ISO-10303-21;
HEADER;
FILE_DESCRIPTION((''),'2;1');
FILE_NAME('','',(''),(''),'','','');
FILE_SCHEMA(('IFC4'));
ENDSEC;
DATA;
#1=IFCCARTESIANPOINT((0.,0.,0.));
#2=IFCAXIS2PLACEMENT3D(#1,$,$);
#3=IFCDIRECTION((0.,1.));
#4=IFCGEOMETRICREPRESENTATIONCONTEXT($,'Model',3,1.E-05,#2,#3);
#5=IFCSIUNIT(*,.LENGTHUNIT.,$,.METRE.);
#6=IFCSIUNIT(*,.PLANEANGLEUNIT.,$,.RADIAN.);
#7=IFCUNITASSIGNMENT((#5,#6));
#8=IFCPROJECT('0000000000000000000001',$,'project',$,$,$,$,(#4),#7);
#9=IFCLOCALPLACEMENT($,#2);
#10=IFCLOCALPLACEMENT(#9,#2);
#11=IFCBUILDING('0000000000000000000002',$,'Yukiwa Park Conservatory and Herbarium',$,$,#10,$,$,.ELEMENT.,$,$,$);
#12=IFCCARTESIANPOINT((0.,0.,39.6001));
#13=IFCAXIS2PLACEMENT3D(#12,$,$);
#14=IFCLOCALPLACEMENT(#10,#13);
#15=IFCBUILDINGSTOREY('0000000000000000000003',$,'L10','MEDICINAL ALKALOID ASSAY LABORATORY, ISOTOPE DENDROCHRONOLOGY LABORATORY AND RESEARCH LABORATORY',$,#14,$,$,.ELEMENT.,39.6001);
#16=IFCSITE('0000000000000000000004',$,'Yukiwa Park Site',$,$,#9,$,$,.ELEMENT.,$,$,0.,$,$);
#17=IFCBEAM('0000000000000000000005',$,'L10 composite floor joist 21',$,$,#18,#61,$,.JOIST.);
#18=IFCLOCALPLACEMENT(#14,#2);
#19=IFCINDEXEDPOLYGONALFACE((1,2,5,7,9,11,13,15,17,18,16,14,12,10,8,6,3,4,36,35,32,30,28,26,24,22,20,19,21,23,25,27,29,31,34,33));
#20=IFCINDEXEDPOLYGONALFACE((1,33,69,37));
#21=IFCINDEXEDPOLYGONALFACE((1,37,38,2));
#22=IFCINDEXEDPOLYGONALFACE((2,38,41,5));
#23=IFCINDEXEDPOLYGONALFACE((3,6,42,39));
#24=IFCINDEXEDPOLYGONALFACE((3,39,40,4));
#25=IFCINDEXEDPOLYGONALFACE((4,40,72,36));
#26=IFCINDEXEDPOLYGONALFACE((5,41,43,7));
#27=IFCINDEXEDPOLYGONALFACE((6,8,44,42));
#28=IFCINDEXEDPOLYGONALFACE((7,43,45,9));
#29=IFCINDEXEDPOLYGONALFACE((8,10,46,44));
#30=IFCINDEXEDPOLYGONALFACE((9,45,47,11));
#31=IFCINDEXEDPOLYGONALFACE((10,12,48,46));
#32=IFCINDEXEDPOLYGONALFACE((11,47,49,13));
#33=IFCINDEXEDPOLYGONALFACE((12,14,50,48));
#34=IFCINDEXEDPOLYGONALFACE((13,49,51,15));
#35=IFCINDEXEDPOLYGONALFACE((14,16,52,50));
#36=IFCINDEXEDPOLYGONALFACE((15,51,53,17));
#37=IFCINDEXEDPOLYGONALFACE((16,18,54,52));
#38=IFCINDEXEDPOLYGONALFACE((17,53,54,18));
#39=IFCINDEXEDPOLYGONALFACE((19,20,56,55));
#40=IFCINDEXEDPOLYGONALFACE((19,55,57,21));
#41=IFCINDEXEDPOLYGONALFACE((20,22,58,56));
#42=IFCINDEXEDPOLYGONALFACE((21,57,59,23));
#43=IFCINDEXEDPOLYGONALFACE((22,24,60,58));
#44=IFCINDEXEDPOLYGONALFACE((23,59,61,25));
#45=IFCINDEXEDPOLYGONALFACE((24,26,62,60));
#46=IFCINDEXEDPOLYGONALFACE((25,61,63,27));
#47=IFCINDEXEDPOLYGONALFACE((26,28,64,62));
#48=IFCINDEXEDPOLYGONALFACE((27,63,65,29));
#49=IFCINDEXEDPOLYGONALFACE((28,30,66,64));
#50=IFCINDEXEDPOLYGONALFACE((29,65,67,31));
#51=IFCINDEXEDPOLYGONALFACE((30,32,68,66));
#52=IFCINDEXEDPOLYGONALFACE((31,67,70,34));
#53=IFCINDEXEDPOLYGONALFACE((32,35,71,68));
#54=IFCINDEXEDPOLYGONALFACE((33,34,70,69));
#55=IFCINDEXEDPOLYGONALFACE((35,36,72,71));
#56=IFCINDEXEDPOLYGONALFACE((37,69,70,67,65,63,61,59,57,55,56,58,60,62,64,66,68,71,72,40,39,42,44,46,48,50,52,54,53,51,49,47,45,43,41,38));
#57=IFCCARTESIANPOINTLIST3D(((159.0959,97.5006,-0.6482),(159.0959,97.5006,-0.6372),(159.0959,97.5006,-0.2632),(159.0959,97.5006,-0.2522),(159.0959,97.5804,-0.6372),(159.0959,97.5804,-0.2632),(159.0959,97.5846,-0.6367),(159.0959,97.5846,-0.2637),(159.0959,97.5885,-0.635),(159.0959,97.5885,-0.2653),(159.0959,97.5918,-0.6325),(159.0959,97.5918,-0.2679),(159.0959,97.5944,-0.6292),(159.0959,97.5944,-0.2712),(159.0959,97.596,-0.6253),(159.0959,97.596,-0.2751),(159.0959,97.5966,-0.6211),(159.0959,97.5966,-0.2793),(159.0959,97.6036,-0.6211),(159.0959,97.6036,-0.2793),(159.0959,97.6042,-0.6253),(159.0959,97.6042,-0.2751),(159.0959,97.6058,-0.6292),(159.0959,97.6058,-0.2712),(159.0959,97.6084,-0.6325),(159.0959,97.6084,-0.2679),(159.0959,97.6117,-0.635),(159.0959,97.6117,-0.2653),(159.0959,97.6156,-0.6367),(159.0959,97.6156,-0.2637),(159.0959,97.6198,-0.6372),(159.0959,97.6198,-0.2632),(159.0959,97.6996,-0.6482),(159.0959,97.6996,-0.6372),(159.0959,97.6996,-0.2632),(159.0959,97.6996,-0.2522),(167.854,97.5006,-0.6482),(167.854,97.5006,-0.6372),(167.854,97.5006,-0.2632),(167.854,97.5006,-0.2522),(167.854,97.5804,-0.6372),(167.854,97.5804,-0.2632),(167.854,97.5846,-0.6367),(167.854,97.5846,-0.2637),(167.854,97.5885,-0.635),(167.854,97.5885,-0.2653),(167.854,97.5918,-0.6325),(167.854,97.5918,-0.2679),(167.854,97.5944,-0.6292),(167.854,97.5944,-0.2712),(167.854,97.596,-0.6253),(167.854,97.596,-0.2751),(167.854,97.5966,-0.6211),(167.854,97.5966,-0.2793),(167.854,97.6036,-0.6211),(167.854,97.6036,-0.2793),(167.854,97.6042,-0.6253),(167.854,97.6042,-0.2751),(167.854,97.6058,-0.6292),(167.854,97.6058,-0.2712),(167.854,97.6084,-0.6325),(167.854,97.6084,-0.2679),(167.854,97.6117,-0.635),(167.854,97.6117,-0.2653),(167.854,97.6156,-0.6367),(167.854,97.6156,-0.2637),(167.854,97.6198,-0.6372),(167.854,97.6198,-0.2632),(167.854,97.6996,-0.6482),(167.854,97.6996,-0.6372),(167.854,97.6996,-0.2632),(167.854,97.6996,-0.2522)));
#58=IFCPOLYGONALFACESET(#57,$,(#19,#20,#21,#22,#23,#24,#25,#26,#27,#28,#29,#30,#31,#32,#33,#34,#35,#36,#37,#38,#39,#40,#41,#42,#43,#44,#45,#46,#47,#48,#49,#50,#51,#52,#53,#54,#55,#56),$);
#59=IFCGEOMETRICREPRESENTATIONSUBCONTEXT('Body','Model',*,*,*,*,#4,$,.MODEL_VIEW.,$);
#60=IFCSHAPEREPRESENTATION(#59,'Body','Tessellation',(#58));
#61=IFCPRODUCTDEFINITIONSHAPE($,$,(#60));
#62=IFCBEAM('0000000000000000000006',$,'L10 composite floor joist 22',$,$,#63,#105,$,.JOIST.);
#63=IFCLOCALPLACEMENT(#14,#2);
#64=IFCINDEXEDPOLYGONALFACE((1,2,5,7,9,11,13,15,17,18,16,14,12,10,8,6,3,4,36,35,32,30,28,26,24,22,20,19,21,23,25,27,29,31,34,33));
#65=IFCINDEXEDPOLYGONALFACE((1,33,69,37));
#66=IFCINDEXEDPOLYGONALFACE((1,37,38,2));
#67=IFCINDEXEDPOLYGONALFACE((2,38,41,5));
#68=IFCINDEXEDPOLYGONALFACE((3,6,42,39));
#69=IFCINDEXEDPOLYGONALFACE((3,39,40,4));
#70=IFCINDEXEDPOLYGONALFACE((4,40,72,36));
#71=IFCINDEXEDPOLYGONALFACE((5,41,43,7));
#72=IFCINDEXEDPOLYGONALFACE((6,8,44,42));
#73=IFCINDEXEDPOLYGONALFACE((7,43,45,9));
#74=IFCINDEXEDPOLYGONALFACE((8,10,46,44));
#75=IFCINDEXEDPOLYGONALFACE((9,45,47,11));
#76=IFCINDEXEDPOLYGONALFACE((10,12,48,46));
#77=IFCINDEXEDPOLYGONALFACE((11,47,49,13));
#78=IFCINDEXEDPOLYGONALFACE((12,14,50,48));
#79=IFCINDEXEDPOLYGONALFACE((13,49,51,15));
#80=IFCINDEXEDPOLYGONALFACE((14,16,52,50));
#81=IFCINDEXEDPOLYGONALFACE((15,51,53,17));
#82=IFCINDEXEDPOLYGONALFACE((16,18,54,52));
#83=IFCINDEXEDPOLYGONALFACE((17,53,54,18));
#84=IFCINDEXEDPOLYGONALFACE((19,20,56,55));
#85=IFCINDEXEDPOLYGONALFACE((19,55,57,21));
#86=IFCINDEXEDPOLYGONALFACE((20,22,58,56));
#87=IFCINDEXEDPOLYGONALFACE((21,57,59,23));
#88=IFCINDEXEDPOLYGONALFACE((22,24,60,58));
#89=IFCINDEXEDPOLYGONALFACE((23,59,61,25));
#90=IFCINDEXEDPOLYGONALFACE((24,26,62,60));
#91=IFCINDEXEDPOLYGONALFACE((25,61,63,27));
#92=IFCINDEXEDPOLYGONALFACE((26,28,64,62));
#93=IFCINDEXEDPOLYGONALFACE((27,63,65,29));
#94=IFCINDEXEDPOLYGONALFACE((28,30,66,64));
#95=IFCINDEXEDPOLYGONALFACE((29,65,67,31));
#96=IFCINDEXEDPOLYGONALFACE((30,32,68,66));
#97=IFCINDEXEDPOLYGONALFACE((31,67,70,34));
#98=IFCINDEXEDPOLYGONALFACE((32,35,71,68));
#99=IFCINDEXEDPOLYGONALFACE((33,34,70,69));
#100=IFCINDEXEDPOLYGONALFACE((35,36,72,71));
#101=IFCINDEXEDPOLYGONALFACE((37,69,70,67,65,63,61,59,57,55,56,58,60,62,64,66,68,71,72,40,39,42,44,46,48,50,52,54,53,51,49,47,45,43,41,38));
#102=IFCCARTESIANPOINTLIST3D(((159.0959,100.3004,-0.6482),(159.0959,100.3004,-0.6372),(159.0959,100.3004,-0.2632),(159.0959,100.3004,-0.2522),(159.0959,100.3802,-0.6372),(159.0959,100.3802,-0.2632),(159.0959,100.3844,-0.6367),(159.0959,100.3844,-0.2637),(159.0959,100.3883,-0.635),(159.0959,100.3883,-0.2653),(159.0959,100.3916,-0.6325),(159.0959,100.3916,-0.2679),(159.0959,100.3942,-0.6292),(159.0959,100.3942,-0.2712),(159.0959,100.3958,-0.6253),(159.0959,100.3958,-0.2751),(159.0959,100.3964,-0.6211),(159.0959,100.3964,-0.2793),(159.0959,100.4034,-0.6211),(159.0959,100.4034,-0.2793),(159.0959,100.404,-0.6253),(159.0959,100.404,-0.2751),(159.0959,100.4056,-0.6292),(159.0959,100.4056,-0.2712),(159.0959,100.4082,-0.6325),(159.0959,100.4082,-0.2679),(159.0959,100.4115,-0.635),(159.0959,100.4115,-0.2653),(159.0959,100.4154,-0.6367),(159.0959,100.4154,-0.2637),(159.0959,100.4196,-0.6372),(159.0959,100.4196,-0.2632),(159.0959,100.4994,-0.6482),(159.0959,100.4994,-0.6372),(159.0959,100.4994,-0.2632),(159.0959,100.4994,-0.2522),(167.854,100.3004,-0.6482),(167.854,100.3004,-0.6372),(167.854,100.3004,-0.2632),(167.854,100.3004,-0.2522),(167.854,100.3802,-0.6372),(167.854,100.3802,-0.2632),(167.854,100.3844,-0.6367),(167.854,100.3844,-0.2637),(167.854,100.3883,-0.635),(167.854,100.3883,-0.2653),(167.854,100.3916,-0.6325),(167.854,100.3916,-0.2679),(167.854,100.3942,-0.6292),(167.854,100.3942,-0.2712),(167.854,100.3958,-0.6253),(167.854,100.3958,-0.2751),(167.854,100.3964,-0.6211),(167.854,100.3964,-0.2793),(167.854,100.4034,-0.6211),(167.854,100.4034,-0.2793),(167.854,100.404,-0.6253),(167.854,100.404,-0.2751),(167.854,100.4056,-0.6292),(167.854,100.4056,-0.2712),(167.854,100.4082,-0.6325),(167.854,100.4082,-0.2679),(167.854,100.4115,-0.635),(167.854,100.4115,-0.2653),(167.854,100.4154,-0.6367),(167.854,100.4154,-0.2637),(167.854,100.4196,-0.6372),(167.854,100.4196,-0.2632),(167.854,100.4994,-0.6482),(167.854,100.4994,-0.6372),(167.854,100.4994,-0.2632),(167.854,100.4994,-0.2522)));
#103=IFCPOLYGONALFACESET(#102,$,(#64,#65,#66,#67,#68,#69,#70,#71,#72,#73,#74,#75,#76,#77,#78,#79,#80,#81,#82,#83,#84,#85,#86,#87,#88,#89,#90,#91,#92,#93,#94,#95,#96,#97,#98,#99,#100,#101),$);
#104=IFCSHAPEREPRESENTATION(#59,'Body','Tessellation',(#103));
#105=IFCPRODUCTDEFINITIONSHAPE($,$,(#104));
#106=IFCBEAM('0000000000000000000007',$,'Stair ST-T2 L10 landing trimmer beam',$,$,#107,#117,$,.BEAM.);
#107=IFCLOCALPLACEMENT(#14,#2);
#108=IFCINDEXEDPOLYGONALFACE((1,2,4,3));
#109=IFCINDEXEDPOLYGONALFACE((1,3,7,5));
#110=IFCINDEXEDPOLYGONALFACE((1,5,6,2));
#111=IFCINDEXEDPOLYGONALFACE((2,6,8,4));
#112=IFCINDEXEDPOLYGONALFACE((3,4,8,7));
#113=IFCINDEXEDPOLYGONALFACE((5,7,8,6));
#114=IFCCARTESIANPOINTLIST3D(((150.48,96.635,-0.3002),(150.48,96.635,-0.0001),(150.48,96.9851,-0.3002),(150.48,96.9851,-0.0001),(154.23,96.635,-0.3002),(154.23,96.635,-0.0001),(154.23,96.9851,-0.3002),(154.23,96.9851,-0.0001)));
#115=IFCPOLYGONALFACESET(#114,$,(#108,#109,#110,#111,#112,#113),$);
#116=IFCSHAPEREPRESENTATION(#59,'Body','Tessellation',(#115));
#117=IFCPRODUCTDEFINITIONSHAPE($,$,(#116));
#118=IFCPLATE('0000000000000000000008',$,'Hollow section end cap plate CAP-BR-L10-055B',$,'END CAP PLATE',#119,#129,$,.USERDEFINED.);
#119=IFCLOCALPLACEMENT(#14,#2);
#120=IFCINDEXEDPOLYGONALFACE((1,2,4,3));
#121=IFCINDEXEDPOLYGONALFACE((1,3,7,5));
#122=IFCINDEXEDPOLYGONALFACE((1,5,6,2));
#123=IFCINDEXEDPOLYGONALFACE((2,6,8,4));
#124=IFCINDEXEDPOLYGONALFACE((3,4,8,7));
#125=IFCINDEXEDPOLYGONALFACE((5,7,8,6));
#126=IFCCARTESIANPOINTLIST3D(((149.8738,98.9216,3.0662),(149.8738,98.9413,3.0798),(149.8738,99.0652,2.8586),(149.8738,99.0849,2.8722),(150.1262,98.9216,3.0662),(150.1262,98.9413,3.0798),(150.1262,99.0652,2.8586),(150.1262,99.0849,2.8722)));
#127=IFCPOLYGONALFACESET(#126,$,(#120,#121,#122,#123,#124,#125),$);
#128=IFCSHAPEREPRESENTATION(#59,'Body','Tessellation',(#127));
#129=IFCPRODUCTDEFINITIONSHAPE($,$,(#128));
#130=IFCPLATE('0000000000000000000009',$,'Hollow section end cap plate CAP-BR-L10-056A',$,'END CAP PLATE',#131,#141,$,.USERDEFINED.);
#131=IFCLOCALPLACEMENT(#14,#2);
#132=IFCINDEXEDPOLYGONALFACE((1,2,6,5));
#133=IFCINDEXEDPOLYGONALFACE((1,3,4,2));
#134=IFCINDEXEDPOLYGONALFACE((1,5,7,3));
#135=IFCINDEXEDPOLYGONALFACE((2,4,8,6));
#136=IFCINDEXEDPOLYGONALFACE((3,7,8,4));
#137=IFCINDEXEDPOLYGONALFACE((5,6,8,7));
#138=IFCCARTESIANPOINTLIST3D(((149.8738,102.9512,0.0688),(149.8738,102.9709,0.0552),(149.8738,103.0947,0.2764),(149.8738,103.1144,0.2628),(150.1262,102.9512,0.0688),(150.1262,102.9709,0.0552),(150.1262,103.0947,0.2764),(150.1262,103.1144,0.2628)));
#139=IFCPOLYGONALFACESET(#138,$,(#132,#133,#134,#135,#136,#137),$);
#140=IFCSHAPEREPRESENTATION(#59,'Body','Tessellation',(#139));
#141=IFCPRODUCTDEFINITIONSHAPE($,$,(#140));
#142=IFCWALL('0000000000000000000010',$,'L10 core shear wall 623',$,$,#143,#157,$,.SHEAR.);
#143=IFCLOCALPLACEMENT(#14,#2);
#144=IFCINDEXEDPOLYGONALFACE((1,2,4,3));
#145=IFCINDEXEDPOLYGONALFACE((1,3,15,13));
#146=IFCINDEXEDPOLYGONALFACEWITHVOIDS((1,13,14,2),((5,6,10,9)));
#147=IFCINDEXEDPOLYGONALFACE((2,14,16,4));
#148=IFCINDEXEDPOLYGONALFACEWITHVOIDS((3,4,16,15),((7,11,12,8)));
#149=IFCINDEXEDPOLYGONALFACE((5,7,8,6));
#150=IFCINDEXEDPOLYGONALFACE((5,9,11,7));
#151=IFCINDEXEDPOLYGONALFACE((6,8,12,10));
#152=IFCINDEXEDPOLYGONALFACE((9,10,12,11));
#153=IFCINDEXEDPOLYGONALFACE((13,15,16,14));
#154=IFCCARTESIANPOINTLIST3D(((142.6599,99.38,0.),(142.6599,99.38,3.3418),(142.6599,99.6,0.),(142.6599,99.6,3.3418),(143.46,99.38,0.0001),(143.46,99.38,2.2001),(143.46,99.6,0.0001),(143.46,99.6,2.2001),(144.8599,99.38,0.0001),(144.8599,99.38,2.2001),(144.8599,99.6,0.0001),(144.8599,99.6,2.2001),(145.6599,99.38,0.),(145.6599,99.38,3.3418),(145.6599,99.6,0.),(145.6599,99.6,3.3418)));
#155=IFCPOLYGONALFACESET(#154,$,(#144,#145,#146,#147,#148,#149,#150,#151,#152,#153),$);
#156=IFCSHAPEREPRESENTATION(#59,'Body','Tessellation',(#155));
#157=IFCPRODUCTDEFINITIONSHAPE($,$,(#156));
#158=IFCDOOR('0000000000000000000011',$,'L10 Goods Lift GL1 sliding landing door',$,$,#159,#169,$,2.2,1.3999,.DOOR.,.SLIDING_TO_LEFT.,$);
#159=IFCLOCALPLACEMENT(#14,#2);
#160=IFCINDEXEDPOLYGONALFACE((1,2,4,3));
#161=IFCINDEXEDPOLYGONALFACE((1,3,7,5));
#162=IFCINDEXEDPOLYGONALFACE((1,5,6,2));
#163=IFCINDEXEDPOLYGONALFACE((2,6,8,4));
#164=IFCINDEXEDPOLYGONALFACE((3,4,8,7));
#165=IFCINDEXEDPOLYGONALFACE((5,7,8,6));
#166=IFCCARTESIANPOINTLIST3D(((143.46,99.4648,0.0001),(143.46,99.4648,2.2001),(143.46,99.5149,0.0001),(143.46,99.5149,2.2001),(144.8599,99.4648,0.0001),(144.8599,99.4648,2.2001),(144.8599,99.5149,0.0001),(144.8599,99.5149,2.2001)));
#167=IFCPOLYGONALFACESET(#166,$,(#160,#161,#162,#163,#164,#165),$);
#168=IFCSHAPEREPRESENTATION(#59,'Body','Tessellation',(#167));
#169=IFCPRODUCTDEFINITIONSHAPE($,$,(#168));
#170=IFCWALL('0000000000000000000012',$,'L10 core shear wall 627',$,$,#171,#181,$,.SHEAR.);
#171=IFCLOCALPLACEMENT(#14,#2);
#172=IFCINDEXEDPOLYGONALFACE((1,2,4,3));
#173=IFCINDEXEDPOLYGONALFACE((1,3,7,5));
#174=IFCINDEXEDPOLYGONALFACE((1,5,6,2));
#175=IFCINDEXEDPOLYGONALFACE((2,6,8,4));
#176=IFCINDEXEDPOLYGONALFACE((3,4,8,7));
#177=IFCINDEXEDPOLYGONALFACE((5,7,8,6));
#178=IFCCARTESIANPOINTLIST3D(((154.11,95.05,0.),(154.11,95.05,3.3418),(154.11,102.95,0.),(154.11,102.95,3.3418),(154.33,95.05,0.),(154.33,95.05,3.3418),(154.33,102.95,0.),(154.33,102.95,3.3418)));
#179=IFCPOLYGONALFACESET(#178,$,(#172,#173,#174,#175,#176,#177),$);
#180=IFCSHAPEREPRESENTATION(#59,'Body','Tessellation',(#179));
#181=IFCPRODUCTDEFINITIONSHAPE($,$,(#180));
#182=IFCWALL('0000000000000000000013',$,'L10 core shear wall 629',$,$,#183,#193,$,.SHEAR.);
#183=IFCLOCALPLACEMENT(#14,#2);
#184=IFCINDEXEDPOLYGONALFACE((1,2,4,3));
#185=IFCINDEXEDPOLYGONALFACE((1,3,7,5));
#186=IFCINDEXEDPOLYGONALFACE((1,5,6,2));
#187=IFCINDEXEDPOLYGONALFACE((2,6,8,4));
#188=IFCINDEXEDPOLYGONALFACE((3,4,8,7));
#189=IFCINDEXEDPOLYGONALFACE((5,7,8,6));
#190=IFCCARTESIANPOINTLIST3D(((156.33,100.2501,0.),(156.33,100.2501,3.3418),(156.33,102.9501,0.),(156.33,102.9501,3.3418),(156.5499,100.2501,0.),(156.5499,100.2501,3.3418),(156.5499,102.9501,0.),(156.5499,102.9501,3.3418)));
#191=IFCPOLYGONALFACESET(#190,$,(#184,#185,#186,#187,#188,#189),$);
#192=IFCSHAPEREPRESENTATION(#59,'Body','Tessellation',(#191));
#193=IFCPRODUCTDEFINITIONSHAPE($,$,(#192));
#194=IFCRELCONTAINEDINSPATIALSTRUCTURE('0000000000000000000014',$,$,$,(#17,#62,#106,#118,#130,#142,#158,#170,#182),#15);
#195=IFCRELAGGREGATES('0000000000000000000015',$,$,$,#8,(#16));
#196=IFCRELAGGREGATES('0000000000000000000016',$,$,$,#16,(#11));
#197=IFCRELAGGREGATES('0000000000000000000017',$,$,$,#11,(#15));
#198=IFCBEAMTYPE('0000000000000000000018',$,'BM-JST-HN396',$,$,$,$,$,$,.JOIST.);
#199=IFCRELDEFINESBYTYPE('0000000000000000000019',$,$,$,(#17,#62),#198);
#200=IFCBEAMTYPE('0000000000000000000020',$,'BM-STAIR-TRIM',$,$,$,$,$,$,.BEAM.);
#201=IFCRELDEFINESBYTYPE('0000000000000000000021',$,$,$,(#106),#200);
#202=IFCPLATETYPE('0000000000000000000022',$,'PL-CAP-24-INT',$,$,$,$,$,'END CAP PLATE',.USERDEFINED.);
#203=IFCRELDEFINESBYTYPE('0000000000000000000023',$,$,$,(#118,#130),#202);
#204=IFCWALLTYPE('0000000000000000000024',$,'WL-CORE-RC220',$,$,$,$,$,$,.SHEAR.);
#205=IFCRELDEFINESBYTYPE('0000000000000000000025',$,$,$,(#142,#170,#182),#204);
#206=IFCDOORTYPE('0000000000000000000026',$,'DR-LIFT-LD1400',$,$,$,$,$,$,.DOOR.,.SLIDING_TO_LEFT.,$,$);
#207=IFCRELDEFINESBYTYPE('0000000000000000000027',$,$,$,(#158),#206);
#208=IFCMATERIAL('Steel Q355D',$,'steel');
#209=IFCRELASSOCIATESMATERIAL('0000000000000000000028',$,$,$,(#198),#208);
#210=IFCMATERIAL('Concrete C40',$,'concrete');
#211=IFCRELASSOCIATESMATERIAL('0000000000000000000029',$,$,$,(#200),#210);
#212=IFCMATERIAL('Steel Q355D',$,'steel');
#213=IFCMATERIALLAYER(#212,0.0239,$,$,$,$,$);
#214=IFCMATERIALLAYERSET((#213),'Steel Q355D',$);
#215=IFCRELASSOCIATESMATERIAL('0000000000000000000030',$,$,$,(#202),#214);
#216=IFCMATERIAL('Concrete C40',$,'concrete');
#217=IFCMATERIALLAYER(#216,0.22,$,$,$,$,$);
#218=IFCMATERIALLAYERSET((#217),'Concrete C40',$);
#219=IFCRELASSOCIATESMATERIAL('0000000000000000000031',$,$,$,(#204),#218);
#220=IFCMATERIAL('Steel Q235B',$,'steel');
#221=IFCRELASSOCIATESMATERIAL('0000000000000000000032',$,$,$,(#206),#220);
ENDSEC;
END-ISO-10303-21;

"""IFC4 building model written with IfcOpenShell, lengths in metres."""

from ifc_helpers import new_model, si_unit, direction, frame, frame_2d, origin, origin_2d, place, context, subcontext, project, spatial, rectangle, i_section, extrude, material, layer, layer_set, material_profile, profile_set, type_object, element, fill, save


model = new_model("IFC4")

# Units and contexts
model_context = context("Model", 3, precision=1e-05, world=origin(), true_north=direction((0.0, 1.0)))
body_context = subcontext(model_context, "Body", "Model", "MODEL_VIEW")
ifc_project = project(units=[si_unit("LENGTHUNIT", "METRE"), si_unit("PLANEANGLEUNIT", "RADIAN")], contexts=[model_context])

# Site, building, storey
site_placement = place(None, origin())
site = spatial("IfcSite", under=ifc_project, at=site_placement, Name="Yukiwa Park Site", CompositionType="ELEMENT", RefElevation=0.0)
building_placement = place(site_placement, origin())
building = spatial("IfcBuilding", under=site, at=building_placement, Name="Yukiwa Park Conservatory and Herbarium", CompositionType="ELEMENT")
storey_placement = place(building_placement, frame((0.0, 0.0, 39.6001)))
storey = spatial("IfcBuildingStorey", under=building, at=storey_placement, Name="L10", Description="MEDICINAL ALKALOID ASSAY LABORATORY, ISOTOPE DENDROCHRONOLOGY LABORATORY AND RESEARCH LABORATORY", CompositionType="ELEMENT", Elevation=39.6001)

# Beams
ifc_material_1 = material(Name="Steel Q355D", Category="steel")
ifc_material_profile_1 = material_profile(ifc_material_1, i_section(OverallWidth=0.199, OverallDepth=0.396, WebThickness=0.0071, FlangeThickness=0.011, FilletRadius=0.0161, at=origin_2d()), Name="HN 396x199x7x11")
ifc_profile_set_1 = profile_set([ifc_material_profile_1], Name="Steel Q355D")
beam_type_1 = type_object("IfcBeamType", Name="BM-JST-HN396", PredefinedType="JOIST", material=ifc_profile_set_1)
for number, where, z_axis, x_axis, name in (
    (1, (159.0959, 97.6001, -0.4502), (1.0, 0.0, 0.0), (0.0, 1.0, 0.0), "L10 composite floor joist 21"),
    (2, (159.0959, 100.3999, -0.4502), (1.0, 0.0, 0.0), (0.0, 1.0, 0.0), "L10 composite floor joist 22"),
):
    element("IfcBeam", number, at=place(storey_placement, frame(where, z_axis=z_axis, x_axis=x_axis)), inside=storey, type_object=beam_type_1, Name=name, PredefinedType="JOIST", context=body_context, shape_type="SweptSolid", body=[
        extrude(i_section(OverallWidth=0.199, OverallDepth=0.396, WebThickness=0.0071, FlangeThickness=0.011, FilletRadius=0.0161, at=origin_2d()), origin(), (0.0, 0.0, 1.0), 8.7581),
    ])
ifc_material_2 = material(Name="Concrete C40", Category="concrete")
ifc_material_profile_2 = material_profile(ifc_material_2, rectangle(XDim=0.3501, YDim=0.3, at=origin_2d()), Name="RC 350x300")
ifc_profile_set_2 = profile_set([ifc_material_profile_2], Name="Concrete C40")
beam_type_2 = type_object("IfcBeamType", Name="BM-STAIR-TRIM", PredefinedType="BEAM", material=ifc_profile_set_2)
beam_placement = place(storey_placement, frame((150.48, 96.8101, -0.1501), z_axis=(1.0, 0.0, 0.0), x_axis=(0.0, 1.0, 0.0)))
element("IfcBeam", 3, at=beam_placement, inside=storey, type_object=beam_type_2, Name="Stair ST-T2 L10 landing trimmer beam", PredefinedType="BEAM", context=body_context, shape_type="SweptSolid", body=[
    extrude(rectangle(XDim=0.3501, YDim=0.3, at=origin_2d()), origin(), (0.0, 0.0, 1.0), 3.75),
])

# Plates
ifc_material_3 = material(Name="Steel Q355D", Category="steel")
ifc_layer_1 = layer(ifc_material_3, 0.0239)
ifc_layer_set_1 = layer_set([ifc_layer_1], Name="Steel Q355D")
plate_type = type_object("IfcPlateType", Name="PL-CAP-24-INT", ElementType="END CAP PLATE", PredefinedType="USERDEFINED", material=ifc_layer_set_1)
for number, where, z_axis, x_axis, name in (
    (4, (150.0, 98.9934, 2.9624), (0.0, 0.822558, 0.568682), (-1.0, 0.0, 0.0), "Hollow section end cap plate CAP-BR-L10-055B"),
    (5, (150.0, 103.0229, 0.1726), (0.0, 0.822558, -0.568682), (-1.0, 0.0, 0.0), "Hollow section end cap plate CAP-BR-L10-056A"),
):
    element("IfcPlate", number, at=place(storey_placement, frame(where, z_axis=z_axis, x_axis=x_axis)), inside=storey, type_object=plate_type, Name=name, ObjectType="END CAP PLATE", PredefinedType="USERDEFINED", context=body_context, shape_type="SweptSolid", body=[
        extrude(rectangle(XDim=0.2524, YDim=0.2524, at=origin_2d()), origin(), (0.0, 0.0, 1.0), 0.0239),
    ])

# Wall, opening, door
ifc_material_4 = material(Name="Concrete C40", Category="concrete")
ifc_layer_2 = layer(ifc_material_4, 0.22)
ifc_layer_set_2 = layer_set([ifc_layer_2], Name="Concrete C40")
wall_type_1 = type_object("IfcWallType", Name="WL-CORE-RC220", PredefinedType="SHEAR", material=ifc_layer_set_2)
wall_1_placement = place(storey_placement, frame((142.6599, 99.49, 0.0), z_axis=(0.0, 0.0, 1.0), x_axis=(1.0, 0.0, 0.0)))
wall_1 = element("IfcWall", 6, at=wall_1_placement, inside=storey, type_object=wall_type_1, Name="L10 core shear wall 623", PredefinedType="SHEAR", context=body_context, shape_type="SweptSolid", body=[
    extrude(rectangle(XDim=3.0, YDim=0.22, at=frame_2d((1.5, 0.0))), origin(), (0.0, 0.0, 1.0), 3.3418),
])
opening_1_placement = place(wall_1_placement, frame((0.8, 0.0, 0.0)))
opening_1 = element("IfcOpeningElement", 7, at=opening_1_placement, cuts=wall_1, PredefinedType="OPENING", context=body_context, shape_type="SweptSolid", body=[
    extrude(rectangle(XDim=1.3999, YDim=2.2, at=frame_2d((0.7, 1.1001))), frame((0.0, 0.1201, 0.0), z_axis=(0.0, -1.0, 0.0), x_axis=(1.0, 0.0, 0.0)), (0.0, 0.0, 1.0), 0.24),
])
ifc_material_5 = material(Name="Steel Q235B", Category="steel")
door_type_1 = type_object("IfcDoorType", Name="DR-LIFT-LD1400", OperationType="SLIDING_TO_LEFT", PredefinedType="DOOR", material=ifc_material_5)
door_1_placement = place(opening_1_placement, origin())
door_1 = element("IfcDoor", 8, at=door_1_placement, inside=storey, type_object=door_type_1, Name="L10 Goods Lift GL1 sliding landing door", OperationType="SLIDING_TO_LEFT", OverallHeight=2.2, OverallWidth=1.3999, PredefinedType="DOOR", context=body_context, shape_type="SweptSolid", body=[
    extrude(rectangle(XDim=1.3999, YDim=2.2, at=frame_2d((0.7, 1.1001))), frame((0.0, 0.0249, 0.0), z_axis=(0.0, -1.0, 0.0), x_axis=(1.0, 0.0, 0.0)), (0.0, 0.0, 1.0), 0.05),
])
fill(opening_1, door_1)

# Walls
wall_2_placement = place(storey_placement, frame((154.22, 95.05, 0.0), z_axis=(0.0, 0.0, 1.0), x_axis=(0.0, 1.0, 0.0)))
element("IfcWall", 9, at=wall_2_placement, inside=storey, type_object=wall_type_1, Name="L10 core shear wall 627", PredefinedType="SHEAR", context=body_context, shape_type="SweptSolid", body=[
    extrude(rectangle(XDim=7.8999, YDim=0.22, at=frame_2d((3.95, 0.0))), origin(), (0.0, 0.0, 1.0), 3.3418),
])
wall_3_placement = place(storey_placement, frame((156.4399, 100.25, 0.0), z_axis=(0.0, 0.0, 1.0), x_axis=(0.0, 1.0, 0.0)))
element("IfcWall", 10, at=wall_3_placement, inside=storey, type_object=wall_type_1, Name="L10 core shear wall 629", PredefinedType="SHEAR", context=body_context, shape_type="SweptSolid", body=[
    extrude(rectangle(XDim=2.7, YDim=0.22, at=frame_2d((1.3501, 0.0))), origin(), (0.0, 0.0, 1.0), 3.3418),
])

save(model, "model.ifc")
